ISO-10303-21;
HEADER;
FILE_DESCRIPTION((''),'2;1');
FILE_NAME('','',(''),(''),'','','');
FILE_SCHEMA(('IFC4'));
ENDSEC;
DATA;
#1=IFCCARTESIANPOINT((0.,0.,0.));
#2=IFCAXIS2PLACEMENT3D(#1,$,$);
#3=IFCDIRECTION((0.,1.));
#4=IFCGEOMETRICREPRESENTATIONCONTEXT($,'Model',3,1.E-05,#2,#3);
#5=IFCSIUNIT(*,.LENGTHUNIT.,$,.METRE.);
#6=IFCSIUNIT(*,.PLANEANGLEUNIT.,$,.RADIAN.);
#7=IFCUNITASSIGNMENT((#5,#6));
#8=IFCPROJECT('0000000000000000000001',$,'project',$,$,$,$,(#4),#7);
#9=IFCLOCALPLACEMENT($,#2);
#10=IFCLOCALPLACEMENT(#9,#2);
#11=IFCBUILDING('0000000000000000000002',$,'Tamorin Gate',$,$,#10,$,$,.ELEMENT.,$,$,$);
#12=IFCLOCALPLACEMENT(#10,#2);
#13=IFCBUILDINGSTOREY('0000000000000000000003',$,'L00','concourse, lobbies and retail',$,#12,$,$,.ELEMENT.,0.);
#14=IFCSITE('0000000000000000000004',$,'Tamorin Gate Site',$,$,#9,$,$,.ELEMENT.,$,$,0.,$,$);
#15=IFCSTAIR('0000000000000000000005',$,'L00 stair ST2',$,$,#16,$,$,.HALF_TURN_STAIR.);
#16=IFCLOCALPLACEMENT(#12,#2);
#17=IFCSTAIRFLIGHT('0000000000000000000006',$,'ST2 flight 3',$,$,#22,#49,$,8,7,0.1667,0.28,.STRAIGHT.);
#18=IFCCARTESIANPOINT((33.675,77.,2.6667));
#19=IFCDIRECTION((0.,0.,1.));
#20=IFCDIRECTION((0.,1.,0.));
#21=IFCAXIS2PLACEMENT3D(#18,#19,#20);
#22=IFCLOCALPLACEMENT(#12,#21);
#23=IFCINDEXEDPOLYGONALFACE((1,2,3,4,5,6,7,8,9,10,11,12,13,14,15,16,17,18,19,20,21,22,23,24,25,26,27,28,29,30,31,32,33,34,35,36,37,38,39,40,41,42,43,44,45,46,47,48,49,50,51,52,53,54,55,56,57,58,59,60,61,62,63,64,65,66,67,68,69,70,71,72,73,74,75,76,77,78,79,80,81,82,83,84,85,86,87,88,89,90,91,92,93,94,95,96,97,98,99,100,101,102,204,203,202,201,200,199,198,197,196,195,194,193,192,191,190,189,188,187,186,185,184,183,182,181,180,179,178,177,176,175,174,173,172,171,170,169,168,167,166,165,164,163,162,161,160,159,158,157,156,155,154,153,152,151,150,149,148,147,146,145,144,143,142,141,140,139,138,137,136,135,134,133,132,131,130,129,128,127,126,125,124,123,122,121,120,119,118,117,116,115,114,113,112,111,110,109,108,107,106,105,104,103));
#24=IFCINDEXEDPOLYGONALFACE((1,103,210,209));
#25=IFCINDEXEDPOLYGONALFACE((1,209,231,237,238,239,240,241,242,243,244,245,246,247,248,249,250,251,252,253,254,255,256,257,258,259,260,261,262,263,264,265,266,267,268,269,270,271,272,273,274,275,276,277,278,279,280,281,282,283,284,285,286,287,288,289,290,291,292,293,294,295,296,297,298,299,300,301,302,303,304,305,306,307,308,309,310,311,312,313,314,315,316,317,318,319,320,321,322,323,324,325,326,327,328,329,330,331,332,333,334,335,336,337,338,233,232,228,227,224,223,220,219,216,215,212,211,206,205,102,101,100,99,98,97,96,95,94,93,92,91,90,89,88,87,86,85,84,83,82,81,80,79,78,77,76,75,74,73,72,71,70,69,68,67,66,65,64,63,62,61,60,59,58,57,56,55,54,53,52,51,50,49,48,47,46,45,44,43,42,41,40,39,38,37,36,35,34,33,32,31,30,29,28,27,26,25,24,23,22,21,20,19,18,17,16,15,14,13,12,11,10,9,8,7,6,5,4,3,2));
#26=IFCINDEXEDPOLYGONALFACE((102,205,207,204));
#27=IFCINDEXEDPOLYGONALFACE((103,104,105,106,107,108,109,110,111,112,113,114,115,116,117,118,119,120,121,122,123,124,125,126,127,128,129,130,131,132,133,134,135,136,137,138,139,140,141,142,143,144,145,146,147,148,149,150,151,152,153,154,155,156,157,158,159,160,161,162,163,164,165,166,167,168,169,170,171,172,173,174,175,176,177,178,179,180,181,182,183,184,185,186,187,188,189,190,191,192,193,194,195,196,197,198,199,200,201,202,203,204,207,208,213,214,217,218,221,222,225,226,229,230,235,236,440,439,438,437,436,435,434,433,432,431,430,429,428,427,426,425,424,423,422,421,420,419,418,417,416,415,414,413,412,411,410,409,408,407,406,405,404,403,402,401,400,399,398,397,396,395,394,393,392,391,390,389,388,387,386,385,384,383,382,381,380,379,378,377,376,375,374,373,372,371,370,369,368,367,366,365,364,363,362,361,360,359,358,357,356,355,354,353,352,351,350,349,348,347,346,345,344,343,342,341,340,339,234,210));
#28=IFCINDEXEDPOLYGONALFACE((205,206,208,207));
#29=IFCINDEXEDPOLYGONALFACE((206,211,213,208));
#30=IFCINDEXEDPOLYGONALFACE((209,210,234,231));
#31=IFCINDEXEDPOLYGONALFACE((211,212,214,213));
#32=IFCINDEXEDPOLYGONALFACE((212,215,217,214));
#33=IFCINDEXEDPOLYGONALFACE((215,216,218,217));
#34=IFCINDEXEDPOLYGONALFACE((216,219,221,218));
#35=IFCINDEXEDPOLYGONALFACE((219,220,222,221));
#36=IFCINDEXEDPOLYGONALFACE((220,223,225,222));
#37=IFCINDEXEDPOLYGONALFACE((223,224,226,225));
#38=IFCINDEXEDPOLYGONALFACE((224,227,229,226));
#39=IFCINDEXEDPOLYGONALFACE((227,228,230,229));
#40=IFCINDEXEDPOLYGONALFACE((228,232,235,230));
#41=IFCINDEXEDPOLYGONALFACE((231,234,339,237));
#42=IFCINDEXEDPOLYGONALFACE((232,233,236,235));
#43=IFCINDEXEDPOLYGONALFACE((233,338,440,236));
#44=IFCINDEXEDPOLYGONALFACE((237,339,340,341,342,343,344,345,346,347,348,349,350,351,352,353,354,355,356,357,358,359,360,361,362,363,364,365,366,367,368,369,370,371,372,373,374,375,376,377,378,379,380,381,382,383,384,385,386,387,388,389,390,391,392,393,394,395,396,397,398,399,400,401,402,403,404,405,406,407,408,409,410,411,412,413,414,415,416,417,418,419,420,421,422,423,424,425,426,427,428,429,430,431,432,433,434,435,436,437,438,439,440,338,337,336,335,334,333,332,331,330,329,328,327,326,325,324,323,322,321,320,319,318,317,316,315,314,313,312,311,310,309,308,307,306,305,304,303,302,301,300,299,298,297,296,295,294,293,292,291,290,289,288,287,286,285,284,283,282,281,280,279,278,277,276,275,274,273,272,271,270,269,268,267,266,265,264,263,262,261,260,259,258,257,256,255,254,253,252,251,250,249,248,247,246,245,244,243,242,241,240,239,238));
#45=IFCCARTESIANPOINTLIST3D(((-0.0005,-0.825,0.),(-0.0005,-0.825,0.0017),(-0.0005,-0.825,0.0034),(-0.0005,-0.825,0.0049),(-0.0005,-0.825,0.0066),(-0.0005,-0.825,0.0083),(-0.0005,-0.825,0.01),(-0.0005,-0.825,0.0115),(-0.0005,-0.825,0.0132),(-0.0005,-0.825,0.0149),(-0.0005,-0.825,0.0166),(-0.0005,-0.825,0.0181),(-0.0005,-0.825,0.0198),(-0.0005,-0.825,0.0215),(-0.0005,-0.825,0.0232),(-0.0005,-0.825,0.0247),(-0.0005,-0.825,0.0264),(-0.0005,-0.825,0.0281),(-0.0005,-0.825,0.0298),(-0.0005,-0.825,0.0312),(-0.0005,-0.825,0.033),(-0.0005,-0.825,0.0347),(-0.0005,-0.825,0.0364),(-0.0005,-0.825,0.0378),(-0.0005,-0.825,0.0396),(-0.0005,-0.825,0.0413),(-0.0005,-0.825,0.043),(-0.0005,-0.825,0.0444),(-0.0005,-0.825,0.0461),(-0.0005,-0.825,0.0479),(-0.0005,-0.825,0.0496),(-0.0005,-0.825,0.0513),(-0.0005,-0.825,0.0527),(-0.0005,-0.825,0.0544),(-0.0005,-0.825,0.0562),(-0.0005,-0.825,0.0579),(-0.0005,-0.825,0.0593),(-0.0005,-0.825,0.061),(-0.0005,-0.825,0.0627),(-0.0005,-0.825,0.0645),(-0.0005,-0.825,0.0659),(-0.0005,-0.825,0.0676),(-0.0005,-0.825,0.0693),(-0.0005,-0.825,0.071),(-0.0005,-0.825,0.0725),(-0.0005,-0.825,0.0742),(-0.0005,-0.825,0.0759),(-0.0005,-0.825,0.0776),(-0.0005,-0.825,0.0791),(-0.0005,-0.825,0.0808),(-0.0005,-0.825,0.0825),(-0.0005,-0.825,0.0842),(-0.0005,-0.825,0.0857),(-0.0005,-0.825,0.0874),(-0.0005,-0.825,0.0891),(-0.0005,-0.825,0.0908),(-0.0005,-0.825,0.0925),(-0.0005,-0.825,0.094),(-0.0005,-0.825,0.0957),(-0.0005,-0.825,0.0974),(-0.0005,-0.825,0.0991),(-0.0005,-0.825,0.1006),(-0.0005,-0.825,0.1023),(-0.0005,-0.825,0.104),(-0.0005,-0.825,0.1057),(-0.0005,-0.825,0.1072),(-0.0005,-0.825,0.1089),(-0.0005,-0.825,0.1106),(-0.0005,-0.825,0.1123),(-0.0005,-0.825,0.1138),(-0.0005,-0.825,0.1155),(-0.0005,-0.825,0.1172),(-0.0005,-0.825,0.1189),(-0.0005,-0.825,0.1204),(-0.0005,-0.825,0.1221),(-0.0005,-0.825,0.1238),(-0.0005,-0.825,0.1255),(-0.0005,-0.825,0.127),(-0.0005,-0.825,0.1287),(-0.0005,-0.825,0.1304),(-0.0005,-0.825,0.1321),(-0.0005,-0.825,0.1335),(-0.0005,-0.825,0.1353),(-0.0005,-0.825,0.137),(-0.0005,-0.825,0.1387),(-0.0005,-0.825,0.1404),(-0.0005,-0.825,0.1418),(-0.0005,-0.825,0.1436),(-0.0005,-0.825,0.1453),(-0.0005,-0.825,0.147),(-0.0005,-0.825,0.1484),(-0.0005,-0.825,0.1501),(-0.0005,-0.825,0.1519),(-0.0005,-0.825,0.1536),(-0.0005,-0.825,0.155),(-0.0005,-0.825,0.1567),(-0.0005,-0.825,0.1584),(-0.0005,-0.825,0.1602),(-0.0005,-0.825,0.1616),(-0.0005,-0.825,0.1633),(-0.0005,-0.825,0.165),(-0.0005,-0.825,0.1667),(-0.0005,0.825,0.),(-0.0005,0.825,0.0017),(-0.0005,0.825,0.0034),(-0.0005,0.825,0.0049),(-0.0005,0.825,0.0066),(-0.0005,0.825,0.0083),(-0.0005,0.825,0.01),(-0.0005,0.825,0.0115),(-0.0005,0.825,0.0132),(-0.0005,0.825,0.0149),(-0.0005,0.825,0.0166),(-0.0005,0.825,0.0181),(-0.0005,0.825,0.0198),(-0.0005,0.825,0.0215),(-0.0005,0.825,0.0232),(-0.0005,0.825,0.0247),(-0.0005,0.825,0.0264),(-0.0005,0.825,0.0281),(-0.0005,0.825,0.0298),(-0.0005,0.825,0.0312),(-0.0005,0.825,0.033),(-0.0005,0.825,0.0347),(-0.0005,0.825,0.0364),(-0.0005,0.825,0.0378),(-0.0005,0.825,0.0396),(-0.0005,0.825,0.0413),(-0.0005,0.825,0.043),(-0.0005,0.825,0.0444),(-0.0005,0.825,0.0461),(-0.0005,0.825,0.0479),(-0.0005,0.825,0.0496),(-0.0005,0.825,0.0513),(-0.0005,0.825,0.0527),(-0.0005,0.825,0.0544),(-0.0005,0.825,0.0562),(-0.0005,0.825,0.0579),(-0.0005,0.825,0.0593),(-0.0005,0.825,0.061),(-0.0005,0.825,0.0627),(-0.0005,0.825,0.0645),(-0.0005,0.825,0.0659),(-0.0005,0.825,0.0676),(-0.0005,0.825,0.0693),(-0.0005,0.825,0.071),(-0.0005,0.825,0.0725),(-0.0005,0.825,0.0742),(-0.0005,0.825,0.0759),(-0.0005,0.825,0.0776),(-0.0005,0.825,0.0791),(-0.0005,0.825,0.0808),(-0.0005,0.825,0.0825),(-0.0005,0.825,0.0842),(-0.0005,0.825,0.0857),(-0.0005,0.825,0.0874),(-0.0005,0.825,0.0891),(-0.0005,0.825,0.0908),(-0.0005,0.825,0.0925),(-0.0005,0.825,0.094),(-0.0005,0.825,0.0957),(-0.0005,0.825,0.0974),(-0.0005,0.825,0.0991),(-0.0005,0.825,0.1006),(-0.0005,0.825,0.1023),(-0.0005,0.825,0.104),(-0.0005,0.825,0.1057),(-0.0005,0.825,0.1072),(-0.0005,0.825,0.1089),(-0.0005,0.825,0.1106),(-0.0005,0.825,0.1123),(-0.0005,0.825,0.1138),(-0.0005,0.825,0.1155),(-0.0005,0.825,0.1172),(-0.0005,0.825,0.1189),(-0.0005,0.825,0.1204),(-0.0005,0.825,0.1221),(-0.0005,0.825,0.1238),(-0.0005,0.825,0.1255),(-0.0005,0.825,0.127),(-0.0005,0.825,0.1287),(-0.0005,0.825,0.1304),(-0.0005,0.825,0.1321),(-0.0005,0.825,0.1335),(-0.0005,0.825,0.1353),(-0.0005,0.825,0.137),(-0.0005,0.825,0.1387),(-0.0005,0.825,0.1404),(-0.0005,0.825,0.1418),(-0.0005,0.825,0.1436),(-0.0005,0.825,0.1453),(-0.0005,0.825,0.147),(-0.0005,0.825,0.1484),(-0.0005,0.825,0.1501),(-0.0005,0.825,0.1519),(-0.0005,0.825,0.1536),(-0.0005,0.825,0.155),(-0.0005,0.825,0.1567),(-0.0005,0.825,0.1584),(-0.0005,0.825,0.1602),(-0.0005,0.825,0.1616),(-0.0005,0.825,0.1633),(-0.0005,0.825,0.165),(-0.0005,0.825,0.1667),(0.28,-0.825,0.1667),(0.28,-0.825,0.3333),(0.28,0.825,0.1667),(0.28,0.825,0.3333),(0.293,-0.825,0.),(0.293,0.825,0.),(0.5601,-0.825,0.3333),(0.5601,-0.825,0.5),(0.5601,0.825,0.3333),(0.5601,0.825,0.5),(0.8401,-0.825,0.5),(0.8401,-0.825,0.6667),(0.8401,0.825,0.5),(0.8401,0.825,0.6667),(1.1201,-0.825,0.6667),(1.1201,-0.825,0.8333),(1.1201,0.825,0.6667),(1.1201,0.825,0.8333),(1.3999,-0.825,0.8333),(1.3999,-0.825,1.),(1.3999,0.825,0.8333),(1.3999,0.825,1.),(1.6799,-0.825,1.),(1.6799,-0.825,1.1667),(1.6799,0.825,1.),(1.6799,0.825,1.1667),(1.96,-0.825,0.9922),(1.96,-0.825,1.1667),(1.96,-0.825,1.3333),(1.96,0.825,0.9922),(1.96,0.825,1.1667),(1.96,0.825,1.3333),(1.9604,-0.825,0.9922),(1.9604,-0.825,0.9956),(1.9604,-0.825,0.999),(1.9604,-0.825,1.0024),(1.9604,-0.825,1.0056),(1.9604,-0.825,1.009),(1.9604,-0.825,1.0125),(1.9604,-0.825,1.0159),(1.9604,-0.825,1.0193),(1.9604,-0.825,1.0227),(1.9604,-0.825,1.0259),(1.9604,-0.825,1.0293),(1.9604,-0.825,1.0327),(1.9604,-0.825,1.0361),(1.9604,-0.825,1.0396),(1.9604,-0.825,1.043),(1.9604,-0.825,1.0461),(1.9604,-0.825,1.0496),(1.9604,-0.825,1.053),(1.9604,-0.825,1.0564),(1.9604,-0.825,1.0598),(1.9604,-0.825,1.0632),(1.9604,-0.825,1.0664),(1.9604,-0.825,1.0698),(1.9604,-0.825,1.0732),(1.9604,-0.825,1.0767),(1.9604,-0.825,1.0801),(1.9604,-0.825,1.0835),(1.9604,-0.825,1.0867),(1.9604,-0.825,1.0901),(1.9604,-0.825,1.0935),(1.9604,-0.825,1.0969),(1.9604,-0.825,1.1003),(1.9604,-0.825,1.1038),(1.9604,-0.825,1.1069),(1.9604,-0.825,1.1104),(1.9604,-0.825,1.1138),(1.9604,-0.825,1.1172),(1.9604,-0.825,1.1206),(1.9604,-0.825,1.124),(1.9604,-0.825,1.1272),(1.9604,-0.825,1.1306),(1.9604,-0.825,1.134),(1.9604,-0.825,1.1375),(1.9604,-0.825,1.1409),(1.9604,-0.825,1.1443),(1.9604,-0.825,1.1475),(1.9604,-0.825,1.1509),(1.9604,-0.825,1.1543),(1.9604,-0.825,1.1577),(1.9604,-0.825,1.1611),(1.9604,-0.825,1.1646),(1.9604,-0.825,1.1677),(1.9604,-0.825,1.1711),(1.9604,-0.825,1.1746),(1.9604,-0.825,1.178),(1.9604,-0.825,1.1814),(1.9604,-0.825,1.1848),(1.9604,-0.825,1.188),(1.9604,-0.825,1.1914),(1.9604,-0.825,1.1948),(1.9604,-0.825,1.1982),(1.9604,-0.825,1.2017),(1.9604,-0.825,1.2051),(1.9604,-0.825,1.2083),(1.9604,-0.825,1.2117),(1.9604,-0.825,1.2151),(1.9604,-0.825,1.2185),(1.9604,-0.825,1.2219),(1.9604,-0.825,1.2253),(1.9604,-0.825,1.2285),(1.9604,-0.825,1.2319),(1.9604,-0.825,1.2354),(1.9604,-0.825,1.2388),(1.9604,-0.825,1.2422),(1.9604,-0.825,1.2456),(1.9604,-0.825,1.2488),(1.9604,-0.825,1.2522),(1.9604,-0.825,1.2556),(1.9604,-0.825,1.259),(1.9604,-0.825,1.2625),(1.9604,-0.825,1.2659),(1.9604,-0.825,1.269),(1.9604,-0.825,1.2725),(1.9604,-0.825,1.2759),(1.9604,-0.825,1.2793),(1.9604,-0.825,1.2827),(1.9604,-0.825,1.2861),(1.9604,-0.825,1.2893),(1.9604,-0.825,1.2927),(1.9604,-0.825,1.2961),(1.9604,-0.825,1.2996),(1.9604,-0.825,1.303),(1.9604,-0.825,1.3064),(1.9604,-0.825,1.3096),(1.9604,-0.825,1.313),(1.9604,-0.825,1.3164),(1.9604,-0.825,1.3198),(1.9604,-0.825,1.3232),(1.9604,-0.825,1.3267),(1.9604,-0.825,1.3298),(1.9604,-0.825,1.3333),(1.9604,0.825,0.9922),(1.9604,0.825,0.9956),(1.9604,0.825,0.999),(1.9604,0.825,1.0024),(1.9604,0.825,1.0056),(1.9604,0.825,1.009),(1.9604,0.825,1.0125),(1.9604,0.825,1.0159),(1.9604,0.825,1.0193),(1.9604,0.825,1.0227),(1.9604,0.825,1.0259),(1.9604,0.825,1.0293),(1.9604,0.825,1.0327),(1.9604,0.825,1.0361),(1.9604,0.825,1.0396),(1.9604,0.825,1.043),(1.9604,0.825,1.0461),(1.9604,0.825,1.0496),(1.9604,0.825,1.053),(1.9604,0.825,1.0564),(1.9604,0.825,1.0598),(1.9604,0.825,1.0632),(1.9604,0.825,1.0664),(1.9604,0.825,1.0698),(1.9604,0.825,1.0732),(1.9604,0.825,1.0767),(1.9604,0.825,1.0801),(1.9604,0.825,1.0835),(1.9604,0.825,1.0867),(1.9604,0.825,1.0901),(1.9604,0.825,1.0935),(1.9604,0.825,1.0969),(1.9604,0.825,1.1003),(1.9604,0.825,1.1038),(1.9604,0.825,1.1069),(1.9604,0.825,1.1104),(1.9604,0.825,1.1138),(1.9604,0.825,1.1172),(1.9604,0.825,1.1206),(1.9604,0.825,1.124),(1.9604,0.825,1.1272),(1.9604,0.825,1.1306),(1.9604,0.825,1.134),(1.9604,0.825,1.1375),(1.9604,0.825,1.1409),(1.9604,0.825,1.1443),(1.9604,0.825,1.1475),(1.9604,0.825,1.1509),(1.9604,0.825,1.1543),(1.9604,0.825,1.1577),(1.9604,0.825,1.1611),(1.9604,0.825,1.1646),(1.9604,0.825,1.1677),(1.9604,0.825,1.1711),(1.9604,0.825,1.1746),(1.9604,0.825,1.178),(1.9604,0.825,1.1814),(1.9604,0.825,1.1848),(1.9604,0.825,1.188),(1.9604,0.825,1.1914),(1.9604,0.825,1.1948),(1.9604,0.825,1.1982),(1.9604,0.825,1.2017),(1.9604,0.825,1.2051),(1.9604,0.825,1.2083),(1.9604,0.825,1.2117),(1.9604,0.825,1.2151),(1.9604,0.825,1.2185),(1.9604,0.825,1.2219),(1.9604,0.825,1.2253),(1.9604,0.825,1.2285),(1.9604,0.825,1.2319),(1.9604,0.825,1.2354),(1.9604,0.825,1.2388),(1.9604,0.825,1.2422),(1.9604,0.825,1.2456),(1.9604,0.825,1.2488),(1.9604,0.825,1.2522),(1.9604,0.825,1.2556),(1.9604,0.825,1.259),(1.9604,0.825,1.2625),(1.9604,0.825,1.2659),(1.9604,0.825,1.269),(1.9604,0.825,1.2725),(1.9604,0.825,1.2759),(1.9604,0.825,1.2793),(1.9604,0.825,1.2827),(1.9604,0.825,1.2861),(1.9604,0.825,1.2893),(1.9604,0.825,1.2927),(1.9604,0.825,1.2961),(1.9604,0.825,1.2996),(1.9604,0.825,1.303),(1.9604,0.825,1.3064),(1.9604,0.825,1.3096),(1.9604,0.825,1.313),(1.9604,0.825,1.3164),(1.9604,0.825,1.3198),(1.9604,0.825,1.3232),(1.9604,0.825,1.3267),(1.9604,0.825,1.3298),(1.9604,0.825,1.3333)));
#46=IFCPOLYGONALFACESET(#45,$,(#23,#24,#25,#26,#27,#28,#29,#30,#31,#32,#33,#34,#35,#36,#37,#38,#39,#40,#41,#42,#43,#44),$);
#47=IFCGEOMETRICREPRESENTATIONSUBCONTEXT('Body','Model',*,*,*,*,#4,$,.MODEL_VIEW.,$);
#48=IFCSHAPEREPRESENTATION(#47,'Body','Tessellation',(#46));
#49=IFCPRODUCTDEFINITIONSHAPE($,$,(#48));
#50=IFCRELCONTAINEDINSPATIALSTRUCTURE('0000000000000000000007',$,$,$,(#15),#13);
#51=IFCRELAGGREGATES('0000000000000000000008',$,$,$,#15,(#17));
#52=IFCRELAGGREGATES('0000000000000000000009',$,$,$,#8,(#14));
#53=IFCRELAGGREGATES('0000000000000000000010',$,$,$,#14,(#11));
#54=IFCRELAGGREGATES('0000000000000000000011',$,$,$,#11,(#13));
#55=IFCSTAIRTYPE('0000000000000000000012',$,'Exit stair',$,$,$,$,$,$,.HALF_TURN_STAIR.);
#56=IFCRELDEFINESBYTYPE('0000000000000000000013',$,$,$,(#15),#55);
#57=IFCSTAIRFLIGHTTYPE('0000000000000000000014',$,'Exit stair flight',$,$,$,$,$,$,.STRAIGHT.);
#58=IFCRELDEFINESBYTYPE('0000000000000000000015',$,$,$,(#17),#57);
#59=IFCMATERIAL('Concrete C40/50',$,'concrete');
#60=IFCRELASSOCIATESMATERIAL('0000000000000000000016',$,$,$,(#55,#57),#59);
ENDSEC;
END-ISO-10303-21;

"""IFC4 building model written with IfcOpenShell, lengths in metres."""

from ifc_helpers import new_model, si_unit, direction, frame, origin, place, context, subcontext, project, spatial, polyline, outline, extrude, material, type_object, element, aggregate, save


model = new_model("IFC4")

# Units and contexts
model_context = context("Model", 3, precision=1e-05, world=origin(), true_north=direction((0.0, 1.0)))
body_context = subcontext(model_context, "Body", "Model", "MODEL_VIEW")
ifc_project = project(units=[si_unit("LENGTHUNIT", "METRE"), si_unit("PLANEANGLEUNIT", "RADIAN")], contexts=[model_context])

# Site, building, storey
site_placement = place(None, origin())
site = spatial("IfcSite", under=ifc_project, at=site_placement, Name="Tamorin Gate Site", CompositionType="ELEMENT", RefElevation=0.0)
building_placement = place(site_placement, origin())
building = spatial("IfcBuilding", under=site, at=building_placement, Name="Tamorin Gate", CompositionType="ELEMENT")
storey_placement = place(building_placement, origin())
storey = spatial("IfcBuildingStorey", under=building, at=storey_placement, Name="L00", Description="concourse, lobbies and retail", CompositionType="ELEMENT", Elevation=0.0)

# Shared definitions
ifc_material_1 = material(Name="Concrete C40/50", Category="concrete")

# Stair, stair flight
stair_type = type_object("IfcStairType", Name="Exit stair", PredefinedType="HALF_TURN_STAIR", material=ifc_material_1)
stair_placement = place(storey_placement, origin())
stair = element("IfcStair", 1, at=stair_placement, inside=storey, type_object=stair_type, Name="L00 stair ST2", PredefinedType="HALF_TURN_STAIR")
stair_flight_type = type_object("IfcStairFlightType", Name="Exit stair flight", PredefinedType="STRAIGHT", material=ifc_material_1)
stair_flight_1_placement = place(storey_placement, frame((33.675, 77.0, 2.6667), z_axis=(0.0, 0.0, 1.0), x_axis=(0.0, 1.0, 0.0)))
stair_flight_1 = element("IfcStairFlight", 2, at=stair_flight_1_placement, type_object=stair_flight_type, Name="ST2 flight 3", NumberOfRisers=8, NumberOfTreads=7, PredefinedType="STRAIGHT", RiserHeight=0.1667, TreadLength=0.28, context=body_context, shape_type="SweptSolid", body=[
    extrude(outline(polyline([(-0.0005, 0.0), (-0.0005, 0.0017), (-0.0005, 0.0034), (-0.0005, 0.0049), (-0.0005, 0.0066), (-0.0005, 0.0083), (-0.0005, 0.01), (-0.0005, 0.0115), (-0.0005, 0.0132), (-0.0005, 0.0149), (-0.0005, 0.0166), (-0.0005, 0.0181), (-0.0005, 0.0198), (-0.0005, 0.0215), (-0.0005, 0.0232), (-0.0005, 0.0247), (-0.0005, 0.0264), (-0.0005, 0.0281), (-0.0005, 0.0298), (-0.0005, 0.0312), (-0.0005, 0.033), (-0.0005, 0.0347), (-0.0005, 0.0364), (-0.0005, 0.0378), (-0.0005, 0.0396), (-0.0005, 0.0413), (-0.0005, 0.043), (-0.0005, 0.0444), (-0.0005, 0.0461), (-0.0005, 0.0479), (-0.0005, 0.0496), (-0.0005, 0.0513), (-0.0005, 0.0527), (-0.0005, 0.0544), (-0.0005, 0.0562), (-0.0005, 0.0579), (-0.0005, 0.0593), (-0.0005, 0.061), (-0.0005, 0.0627), (-0.0005, 0.0645), (-0.0005, 0.0659), (-0.0005, 0.0676), (-0.0005, 0.0693), (-0.0005, 0.071), (-0.0005, 0.0725), (-0.0005, 0.0742), (-0.0005, 0.0759), (-0.0005, 0.0776), (-0.0005, 0.0791), (-0.0005, 0.0808), (-0.0005, 0.0825), (-0.0005, 0.0842), (-0.0005, 0.0857), (-0.0005, 0.0874), (-0.0005, 0.0891), (-0.0005, 0.0908), (-0.0005, 0.0925), (-0.0005, 0.094), (-0.0005, 0.0957), (-0.0005, 0.0974), (-0.0005, 0.0991), (-0.0005, 0.1006), (-0.0005, 0.1023), (-0.0005, 0.104), (-0.0005, 0.1057), (-0.0005, 0.1072), (-0.0005, 0.1089), (-0.0005, 0.1106), (-0.0005, 0.1123), (-0.0005, 0.1138), (-0.0005, 0.1155), (-0.0005, 0.1172), (-0.0005, 0.1189), (-0.0005, 0.1204), (-0.0005, 0.1221), (-0.0005, 0.1238), (-0.0005, 0.1255), (-0.0005, 0.127), (-0.0005, 0.1287), (-0.0005, 0.1304), (-0.0005, 0.1321), (-0.0005, 0.1335), (-0.0005, 0.1353), (-0.0005, 0.137), (-0.0005, 0.1387), (-0.0005, 0.1404), (-0.0005, 0.1418), (-0.0005, 0.1436), (-0.0005, 0.1453), (-0.0005, 0.147), (-0.0005, 0.1484), (-0.0005, 0.1501), (-0.0005, 0.1519), (-0.0005, 0.1536), (-0.0005, 0.155), (-0.0005, 0.1567), (-0.0005, 0.1584), (-0.0005, 0.1602), (-0.0005, 0.1616), (-0.0005, 0.1633), (-0.0005, 0.165), (-0.0005, 0.1667), (0.28, 0.1667), (0.28, 0.3333), (0.5601, 0.3333), (0.5601, 0.5), (0.8401, 0.5), (0.8401, 0.6667), (1.1201, 0.6667), (1.1201, 0.8333), (1.3999, 0.8333), (1.3999, 1.0), (1.6799, 1.0), (1.6799, 1.1667), (1.96, 1.1667), (1.96, 1.3333), (1.9604, 1.3333), (1.9604, 1.3298), (1.9604, 1.3267), (1.9604, 1.3232), (1.9604, 1.3198), (1.9604, 1.3164), (1.9604, 1.313), (1.9604, 1.3096), (1.9604, 1.3064), (1.9604, 1.303), (1.9604, 1.2996), (1.9604, 1.2961), (1.9604, 1.2927), (1.9604, 1.2893), (1.9604, 1.2861), (1.9604, 1.2827), (1.9604, 1.2793), (1.9604, 1.2759), (1.9604, 1.2725), (1.9604, 1.269), (1.9604, 1.2659), (1.9604, 1.2625), (1.9604, 1.259), (1.9604, 1.2556), (1.9604, 1.2522), (1.9604, 1.2488), (1.9604, 1.2456), (1.9604, 1.2422), (1.9604, 1.2388), (1.9604, 1.2354), (1.9604, 1.2319), (1.9604, 1.2285), (1.9604, 1.2253), (1.9604, 1.2219), (1.9604, 1.2185), (1.9604, 1.2151), (1.9604, 1.2117), (1.9604, 1.2083), (1.9604, 1.2051), (1.9604, 1.2017), (1.9604, 1.1982), (1.9604, 1.1948), (1.9604, 1.1914), (1.9604, 1.188), (1.9604, 1.1848), (1.9604, 1.1814), (1.9604, 1.178), (1.9604, 1.1746), (1.9604, 1.1711), (1.9604, 1.1677), (1.9604, 1.1646), (1.9604, 1.1611), (1.9604, 1.1577), (1.9604, 1.1543), (1.9604, 1.1509), (1.9604, 1.1475), (1.9604, 1.1443), (1.9604, 1.1409), (1.9604, 1.1375), (1.9604, 1.134), (1.9604, 1.1306), (1.9604, 1.1272), (1.9604, 1.124), (1.9604, 1.1206), (1.9604, 1.1172), (1.9604, 1.1138), (1.9604, 1.1104), (1.9604, 1.1069), (1.9604, 1.1038), (1.9604, 1.1003), (1.9604, 1.0969), (1.9604, 1.0935), (1.9604, 1.0901), (1.9604, 1.0867), (1.9604, 1.0835), (1.9604, 1.0801), (1.9604, 1.0767), (1.9604, 1.0732), (1.9604, 1.0698), (1.9604, 1.0664), (1.9604, 1.0632), (1.9604, 1.0598), (1.9604, 1.0564), (1.9604, 1.053), (1.9604, 1.0496), (1.9604, 1.0461), (1.9604, 1.043), (1.9604, 1.0396), (1.9604, 1.0361), (1.9604, 1.0327), (1.9604, 1.0293), (1.9604, 1.0259), (1.9604, 1.0227), (1.9604, 1.0193), (1.9604, 1.0159), (1.9604, 1.0125), (1.9604, 1.009), (1.9604, 1.0056), (1.9604, 1.0024), (1.9604, 0.999), (1.9604, 0.9956), (1.9604, 0.9922), (1.96, 0.9922), (0.293, 0.0), (-0.0005, 0.0)])), frame((0.0, 0.825, 0.0), z_axis=(0.0, -1.0, 0.0), x_axis=(1.0, 0.0, 0.0)), (0.0, 0.0, 1.0), 1.6499),
])
aggregate(stair, [stair_flight_1])

save(model, "model.ifc")
